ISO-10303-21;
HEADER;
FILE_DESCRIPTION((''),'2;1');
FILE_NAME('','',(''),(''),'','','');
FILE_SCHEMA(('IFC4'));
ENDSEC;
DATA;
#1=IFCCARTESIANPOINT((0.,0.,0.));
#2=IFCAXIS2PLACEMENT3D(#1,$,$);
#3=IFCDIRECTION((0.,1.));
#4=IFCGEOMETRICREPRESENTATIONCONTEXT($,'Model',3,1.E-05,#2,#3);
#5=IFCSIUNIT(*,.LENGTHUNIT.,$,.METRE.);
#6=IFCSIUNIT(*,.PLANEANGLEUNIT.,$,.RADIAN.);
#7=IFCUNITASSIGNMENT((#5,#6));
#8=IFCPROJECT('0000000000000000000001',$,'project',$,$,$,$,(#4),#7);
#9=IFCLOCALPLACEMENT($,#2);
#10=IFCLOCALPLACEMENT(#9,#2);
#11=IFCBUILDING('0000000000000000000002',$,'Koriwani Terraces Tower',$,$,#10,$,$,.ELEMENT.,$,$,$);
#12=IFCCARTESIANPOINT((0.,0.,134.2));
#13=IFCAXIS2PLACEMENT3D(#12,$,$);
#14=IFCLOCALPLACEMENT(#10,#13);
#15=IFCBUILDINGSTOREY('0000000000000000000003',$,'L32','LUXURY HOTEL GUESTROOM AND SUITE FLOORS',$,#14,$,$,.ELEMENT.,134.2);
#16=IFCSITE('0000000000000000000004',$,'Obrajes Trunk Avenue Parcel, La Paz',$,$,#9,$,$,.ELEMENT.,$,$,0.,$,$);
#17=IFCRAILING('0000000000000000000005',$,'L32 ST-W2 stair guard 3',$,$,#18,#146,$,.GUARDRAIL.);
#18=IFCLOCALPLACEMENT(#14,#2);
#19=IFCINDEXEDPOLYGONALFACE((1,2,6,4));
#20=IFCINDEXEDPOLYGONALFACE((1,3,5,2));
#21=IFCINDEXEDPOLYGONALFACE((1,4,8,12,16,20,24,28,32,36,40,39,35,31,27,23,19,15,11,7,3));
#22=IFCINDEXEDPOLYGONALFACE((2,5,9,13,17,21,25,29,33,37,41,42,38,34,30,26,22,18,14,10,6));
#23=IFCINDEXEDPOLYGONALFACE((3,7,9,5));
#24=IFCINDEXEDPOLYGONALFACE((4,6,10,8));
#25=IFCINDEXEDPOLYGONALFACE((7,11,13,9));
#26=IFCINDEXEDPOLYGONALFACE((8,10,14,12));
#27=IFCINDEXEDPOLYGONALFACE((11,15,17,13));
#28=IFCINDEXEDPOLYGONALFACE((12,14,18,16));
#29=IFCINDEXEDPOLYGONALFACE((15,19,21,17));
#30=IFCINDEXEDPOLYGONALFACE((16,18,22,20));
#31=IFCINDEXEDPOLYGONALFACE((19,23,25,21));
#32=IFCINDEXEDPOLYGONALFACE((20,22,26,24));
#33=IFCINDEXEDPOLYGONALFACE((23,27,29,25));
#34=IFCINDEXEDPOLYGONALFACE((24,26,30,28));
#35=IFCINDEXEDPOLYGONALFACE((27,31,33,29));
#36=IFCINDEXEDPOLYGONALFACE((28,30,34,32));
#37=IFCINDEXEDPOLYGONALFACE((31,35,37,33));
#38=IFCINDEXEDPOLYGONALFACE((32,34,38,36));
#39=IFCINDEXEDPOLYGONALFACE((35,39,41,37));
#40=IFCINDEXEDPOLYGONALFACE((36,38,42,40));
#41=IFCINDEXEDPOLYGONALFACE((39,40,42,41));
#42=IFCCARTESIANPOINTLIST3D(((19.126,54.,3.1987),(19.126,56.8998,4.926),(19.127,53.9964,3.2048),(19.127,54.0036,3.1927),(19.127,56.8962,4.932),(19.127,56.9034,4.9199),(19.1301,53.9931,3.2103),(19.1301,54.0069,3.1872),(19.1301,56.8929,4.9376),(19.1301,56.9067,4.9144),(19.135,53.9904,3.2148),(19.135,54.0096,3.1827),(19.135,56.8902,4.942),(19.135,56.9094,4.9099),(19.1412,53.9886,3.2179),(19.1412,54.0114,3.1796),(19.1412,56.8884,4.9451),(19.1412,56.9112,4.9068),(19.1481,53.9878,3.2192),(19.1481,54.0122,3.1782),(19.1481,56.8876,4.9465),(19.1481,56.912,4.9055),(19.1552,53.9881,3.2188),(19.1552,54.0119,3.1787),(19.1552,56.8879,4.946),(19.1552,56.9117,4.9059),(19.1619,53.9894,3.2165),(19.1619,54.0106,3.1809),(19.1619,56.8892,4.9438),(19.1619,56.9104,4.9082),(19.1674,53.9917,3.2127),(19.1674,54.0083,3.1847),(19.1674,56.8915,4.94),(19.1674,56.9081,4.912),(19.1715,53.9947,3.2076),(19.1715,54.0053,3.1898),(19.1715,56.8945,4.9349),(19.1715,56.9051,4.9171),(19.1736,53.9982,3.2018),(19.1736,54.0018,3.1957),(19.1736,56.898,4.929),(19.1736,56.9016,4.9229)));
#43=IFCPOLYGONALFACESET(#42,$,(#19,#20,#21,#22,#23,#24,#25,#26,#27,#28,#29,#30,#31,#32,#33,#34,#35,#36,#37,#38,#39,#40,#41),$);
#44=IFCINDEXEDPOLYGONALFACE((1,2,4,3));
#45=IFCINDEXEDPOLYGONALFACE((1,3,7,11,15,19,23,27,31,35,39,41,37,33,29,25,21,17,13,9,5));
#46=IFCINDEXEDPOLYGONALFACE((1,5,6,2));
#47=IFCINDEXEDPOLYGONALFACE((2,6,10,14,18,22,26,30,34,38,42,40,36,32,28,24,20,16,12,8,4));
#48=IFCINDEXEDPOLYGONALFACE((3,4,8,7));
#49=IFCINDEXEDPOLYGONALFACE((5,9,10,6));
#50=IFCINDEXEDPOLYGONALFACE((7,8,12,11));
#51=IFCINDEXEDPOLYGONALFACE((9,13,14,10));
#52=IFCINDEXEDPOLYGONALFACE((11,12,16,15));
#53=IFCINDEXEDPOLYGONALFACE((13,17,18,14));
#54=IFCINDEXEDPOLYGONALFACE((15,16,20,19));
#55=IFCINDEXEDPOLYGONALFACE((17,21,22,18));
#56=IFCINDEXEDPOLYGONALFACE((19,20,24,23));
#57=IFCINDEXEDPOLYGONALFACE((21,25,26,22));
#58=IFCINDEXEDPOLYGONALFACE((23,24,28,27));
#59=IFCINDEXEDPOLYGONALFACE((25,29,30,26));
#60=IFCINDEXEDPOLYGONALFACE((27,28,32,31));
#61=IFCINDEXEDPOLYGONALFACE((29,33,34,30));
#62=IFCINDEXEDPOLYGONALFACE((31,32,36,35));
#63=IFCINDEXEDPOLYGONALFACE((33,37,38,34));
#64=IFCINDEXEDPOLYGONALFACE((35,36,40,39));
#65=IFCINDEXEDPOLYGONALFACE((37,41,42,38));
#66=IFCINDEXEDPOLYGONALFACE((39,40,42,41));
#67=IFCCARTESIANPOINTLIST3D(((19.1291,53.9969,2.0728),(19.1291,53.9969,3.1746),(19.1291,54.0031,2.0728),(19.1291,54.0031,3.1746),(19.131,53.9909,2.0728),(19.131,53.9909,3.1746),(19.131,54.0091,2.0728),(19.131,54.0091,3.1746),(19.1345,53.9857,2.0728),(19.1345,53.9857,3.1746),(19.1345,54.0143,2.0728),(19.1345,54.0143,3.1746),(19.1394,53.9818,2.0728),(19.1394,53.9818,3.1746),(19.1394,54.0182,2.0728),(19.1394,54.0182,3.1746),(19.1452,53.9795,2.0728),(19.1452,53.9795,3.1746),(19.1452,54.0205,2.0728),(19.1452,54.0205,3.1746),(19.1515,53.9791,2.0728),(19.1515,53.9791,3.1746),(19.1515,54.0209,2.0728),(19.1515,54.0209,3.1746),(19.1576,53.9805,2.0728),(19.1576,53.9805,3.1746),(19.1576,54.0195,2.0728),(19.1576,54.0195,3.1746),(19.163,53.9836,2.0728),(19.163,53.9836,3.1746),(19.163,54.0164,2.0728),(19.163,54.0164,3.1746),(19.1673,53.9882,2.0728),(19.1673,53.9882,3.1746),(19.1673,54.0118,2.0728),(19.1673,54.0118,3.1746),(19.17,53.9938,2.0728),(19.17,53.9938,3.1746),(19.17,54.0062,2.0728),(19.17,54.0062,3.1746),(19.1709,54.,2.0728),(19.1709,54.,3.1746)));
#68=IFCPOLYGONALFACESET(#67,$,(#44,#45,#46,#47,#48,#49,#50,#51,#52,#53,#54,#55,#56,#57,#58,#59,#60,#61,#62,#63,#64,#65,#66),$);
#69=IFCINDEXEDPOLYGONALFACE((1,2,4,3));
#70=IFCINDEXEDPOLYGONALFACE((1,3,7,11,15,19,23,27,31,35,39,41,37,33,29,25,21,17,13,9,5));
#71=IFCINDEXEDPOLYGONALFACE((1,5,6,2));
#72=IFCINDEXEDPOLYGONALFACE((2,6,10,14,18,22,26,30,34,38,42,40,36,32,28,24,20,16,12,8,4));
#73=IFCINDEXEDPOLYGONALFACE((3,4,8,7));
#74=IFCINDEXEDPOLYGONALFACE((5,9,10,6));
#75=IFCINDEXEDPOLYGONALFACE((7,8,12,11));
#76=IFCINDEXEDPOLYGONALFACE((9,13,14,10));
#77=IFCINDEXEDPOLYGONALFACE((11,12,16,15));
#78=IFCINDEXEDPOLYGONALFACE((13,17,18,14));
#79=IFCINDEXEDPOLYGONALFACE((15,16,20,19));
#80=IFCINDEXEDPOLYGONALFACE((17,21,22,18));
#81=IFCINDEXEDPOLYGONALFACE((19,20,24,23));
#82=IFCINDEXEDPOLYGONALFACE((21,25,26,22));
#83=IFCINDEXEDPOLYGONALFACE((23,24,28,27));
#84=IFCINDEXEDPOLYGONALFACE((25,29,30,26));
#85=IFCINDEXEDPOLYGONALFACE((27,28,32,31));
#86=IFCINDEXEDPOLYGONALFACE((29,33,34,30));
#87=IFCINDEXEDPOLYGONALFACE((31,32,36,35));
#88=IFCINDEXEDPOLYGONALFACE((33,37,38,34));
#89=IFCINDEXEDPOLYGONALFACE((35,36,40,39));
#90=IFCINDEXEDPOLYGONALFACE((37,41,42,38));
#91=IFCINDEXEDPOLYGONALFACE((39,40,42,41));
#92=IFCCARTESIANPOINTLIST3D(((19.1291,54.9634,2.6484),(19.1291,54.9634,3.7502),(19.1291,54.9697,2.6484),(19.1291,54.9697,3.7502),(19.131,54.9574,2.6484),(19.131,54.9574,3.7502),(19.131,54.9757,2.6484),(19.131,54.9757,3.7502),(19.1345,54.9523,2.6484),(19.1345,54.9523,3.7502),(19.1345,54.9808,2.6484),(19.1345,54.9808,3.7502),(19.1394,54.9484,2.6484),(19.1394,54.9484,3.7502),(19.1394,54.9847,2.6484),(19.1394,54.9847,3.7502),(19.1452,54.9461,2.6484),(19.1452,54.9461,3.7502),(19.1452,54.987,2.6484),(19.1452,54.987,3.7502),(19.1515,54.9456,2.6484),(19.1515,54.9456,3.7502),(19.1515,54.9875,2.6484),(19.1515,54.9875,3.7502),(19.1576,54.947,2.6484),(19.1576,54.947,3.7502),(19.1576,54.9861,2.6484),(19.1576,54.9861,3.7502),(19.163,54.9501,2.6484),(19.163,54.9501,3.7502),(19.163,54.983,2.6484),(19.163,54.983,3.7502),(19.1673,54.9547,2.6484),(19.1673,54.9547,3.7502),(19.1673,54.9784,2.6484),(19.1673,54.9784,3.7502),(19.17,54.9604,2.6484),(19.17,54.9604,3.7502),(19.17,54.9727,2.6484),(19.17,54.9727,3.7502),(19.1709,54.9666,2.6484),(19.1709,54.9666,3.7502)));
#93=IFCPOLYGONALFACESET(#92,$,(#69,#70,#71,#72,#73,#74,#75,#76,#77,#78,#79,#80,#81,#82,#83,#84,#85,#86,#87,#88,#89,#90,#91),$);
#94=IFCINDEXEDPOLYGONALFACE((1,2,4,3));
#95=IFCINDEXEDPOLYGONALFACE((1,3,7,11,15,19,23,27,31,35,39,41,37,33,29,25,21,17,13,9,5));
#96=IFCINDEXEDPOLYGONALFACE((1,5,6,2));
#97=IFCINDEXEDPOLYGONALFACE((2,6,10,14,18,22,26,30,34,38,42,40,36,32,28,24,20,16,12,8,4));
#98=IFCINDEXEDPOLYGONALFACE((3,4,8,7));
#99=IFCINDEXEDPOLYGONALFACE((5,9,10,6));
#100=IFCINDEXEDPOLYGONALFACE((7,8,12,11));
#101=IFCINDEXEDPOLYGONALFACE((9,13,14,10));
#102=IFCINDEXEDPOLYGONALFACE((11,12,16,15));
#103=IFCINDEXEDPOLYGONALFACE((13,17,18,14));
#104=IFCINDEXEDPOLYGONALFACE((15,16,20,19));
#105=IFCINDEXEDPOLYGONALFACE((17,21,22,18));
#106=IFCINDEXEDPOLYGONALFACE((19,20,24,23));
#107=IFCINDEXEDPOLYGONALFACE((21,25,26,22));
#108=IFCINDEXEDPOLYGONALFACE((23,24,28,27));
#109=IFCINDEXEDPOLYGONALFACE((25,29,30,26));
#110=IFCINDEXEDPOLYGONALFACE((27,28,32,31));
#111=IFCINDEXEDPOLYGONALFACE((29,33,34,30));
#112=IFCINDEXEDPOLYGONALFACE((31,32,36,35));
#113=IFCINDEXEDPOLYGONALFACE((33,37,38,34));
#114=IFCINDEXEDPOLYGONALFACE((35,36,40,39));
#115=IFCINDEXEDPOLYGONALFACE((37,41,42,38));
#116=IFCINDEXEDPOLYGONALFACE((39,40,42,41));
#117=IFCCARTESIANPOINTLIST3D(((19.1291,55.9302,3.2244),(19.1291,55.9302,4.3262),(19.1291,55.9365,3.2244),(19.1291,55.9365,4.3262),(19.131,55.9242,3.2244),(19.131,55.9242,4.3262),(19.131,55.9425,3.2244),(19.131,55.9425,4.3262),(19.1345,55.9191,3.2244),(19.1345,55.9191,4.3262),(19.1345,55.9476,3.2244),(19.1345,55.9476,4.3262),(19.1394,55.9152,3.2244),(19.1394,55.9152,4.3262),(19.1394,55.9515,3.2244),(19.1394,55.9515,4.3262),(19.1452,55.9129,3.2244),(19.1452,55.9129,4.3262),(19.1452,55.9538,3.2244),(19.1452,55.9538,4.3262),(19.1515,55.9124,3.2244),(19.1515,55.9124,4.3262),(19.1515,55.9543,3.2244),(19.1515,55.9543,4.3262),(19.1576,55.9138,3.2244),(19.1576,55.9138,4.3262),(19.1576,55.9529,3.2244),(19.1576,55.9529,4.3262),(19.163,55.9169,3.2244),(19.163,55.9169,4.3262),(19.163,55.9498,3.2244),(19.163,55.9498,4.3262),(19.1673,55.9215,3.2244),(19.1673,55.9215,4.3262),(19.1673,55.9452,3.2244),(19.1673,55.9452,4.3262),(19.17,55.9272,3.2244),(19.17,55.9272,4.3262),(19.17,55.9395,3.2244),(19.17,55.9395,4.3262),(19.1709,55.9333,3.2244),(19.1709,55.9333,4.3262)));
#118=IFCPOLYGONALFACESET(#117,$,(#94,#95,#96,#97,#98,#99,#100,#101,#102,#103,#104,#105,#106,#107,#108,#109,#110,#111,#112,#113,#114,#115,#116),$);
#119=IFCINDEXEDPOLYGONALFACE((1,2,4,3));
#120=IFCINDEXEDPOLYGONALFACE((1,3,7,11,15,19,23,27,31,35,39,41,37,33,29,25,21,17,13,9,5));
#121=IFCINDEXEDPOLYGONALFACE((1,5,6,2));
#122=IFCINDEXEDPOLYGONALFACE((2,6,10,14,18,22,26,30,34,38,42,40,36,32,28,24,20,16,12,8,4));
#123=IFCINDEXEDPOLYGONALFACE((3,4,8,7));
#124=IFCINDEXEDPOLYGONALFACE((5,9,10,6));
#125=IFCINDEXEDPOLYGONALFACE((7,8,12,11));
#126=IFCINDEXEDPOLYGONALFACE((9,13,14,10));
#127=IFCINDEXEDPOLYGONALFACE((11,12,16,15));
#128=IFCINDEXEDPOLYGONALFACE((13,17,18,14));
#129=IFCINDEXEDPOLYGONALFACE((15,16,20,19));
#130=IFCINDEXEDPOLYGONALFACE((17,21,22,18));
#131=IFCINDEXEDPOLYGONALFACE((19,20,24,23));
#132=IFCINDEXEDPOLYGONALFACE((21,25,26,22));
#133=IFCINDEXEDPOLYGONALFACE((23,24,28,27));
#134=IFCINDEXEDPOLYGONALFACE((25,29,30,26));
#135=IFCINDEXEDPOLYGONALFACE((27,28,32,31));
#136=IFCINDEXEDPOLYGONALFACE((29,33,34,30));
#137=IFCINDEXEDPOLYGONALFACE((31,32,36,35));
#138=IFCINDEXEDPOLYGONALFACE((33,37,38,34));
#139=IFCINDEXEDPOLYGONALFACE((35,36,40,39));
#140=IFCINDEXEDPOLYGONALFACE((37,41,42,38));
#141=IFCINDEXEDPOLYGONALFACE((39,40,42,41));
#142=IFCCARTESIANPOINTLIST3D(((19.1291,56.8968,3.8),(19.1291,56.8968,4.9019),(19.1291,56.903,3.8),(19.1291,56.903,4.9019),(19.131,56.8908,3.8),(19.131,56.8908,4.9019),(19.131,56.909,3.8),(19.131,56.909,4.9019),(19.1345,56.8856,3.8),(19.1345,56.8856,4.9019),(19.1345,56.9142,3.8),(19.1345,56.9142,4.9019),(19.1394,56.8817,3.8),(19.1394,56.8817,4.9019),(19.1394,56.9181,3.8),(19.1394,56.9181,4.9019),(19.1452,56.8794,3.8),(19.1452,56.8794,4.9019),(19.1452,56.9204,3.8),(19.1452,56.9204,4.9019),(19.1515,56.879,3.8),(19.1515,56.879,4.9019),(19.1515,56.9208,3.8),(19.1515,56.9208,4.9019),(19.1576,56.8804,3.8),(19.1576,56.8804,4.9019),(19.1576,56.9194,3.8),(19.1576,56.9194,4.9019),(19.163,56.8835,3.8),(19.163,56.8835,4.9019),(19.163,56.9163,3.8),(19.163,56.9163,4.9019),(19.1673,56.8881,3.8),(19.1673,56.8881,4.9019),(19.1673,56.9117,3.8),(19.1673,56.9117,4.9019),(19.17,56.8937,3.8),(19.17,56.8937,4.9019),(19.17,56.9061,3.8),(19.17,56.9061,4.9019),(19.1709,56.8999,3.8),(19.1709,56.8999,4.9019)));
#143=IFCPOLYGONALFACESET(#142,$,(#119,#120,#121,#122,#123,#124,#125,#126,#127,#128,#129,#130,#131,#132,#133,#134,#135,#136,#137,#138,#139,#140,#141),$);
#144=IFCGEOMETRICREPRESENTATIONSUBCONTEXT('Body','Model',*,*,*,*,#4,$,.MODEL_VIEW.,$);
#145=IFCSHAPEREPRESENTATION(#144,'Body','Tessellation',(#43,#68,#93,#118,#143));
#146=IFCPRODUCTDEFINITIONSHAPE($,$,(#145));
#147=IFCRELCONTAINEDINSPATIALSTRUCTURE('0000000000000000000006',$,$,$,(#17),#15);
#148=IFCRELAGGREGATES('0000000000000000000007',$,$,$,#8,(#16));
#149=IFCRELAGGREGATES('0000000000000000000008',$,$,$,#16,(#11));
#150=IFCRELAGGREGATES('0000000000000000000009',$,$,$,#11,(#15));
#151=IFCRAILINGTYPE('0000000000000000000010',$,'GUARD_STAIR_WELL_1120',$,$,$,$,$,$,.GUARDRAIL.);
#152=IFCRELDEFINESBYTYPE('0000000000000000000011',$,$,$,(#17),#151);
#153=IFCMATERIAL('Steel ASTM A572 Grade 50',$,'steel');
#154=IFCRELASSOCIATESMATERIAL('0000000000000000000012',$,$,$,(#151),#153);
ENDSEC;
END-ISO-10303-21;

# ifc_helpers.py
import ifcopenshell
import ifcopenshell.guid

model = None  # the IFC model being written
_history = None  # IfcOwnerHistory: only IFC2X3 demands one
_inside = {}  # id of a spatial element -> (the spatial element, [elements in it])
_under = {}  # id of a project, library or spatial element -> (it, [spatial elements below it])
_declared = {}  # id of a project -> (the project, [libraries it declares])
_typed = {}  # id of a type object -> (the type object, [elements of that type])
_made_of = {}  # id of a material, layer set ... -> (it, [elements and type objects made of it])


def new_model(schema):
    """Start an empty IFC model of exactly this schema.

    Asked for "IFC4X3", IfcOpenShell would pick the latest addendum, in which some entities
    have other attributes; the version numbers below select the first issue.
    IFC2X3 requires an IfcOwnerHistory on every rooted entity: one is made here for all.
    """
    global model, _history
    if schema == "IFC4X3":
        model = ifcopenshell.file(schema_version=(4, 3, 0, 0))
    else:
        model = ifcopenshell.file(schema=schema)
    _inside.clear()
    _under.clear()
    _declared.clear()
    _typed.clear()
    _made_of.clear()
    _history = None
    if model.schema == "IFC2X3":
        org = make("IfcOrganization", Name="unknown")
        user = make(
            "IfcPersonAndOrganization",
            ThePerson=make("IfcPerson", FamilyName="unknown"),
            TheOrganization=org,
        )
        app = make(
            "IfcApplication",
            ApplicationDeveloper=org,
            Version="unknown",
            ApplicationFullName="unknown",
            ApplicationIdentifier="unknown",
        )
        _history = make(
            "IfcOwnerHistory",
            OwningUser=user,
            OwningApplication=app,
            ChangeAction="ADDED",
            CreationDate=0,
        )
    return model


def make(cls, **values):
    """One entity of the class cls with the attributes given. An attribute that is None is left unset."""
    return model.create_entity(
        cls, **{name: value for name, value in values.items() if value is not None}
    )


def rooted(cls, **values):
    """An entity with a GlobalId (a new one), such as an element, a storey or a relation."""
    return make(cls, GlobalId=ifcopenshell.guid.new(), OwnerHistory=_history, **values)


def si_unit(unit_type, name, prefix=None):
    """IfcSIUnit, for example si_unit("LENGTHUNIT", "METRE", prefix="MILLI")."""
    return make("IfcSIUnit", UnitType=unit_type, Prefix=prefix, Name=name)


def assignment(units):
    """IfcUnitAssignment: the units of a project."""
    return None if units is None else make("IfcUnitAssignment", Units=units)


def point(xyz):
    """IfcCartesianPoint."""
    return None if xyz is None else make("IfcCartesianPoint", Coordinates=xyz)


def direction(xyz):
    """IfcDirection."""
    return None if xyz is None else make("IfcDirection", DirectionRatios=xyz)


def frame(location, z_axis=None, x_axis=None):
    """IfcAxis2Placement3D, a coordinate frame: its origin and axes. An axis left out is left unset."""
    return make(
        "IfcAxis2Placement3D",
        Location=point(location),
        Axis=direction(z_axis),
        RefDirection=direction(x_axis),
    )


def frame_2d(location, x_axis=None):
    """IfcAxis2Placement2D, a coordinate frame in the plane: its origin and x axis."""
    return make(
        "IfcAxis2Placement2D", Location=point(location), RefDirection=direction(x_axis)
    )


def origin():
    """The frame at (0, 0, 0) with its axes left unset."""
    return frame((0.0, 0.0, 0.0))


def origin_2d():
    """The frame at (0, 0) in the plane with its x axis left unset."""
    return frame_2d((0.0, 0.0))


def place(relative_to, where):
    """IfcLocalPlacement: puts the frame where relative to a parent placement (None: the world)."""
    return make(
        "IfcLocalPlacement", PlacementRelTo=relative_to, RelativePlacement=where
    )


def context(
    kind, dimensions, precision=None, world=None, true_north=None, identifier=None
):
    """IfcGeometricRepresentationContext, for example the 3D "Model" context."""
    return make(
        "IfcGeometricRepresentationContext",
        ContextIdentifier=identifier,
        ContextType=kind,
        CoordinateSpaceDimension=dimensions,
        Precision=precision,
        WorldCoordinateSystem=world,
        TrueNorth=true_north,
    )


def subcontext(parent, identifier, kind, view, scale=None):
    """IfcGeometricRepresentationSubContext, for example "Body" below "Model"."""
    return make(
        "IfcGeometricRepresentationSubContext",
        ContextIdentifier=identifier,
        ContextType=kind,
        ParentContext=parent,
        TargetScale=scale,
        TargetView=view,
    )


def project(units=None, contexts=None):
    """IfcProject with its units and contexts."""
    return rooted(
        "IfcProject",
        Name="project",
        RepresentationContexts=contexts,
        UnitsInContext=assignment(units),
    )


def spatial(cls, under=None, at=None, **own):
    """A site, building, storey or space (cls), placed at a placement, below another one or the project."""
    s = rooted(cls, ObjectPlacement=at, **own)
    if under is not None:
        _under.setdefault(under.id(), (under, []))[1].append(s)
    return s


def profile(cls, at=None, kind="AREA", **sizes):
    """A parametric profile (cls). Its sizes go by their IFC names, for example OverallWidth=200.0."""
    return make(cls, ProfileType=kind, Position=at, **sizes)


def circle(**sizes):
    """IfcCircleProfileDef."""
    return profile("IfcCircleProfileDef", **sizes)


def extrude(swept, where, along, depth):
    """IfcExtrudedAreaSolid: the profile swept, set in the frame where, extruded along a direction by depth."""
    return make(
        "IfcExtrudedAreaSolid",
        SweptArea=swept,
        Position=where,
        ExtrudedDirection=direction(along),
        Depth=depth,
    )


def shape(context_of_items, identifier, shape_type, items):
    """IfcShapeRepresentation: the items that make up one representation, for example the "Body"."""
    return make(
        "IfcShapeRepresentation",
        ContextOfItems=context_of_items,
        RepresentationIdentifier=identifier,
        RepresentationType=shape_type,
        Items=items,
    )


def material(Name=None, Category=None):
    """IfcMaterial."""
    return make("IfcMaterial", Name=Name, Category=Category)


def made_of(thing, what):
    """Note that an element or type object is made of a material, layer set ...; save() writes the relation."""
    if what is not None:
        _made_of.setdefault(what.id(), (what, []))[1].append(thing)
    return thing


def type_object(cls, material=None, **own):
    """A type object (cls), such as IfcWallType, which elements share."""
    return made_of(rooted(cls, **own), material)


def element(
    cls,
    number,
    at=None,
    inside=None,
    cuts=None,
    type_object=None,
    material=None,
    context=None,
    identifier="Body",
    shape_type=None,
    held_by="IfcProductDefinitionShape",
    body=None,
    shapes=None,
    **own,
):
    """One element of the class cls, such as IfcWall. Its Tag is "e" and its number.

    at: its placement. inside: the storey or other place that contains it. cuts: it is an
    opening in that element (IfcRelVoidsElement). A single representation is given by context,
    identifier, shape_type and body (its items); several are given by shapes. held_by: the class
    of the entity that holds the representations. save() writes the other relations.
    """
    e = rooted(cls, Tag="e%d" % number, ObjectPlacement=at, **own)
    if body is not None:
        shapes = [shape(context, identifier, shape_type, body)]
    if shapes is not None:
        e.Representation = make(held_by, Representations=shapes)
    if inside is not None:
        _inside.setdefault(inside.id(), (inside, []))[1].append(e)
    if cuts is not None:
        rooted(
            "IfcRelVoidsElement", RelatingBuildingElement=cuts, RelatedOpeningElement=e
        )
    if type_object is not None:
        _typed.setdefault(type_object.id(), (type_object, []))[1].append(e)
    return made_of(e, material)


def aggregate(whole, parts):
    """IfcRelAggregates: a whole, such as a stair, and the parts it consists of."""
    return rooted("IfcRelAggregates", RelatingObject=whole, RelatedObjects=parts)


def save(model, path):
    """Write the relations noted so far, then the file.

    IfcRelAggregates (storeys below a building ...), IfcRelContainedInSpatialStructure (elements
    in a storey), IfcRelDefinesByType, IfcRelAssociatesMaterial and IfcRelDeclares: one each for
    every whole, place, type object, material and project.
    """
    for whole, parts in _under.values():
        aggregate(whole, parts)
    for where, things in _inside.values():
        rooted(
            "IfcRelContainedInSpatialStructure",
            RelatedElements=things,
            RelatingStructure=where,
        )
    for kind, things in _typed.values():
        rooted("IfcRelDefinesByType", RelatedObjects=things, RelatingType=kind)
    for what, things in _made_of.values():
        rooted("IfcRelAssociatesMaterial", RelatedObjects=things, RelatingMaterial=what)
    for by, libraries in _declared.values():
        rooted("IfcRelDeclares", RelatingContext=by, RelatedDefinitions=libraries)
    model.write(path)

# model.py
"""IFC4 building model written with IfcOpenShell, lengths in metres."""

from ifc_helpers import new_model, si_unit, direction, frame, origin, origin_2d, place, context, subcontext, project, spatial, circle, extrude, material, type_object, element, save


model = new_model("IFC4")

# Units and contexts
model_context = context("Model", 3, precision=1e-05, world=origin(), true_north=direction((0.0, 1.0)))
body_context = subcontext(model_context, "Body", "Model", "MODEL_VIEW")
ifc_project = project(units=[si_unit("LENGTHUNIT", "METRE"), si_unit("PLANEANGLEUNIT", "RADIAN")], contexts=[model_context])

# Site, building, storey
site_placement = place(None, origin())
site = spatial("IfcSite", under=ifc_project, at=site_placement, Name="Obrajes Trunk Avenue Parcel, La Paz", CompositionType="ELEMENT", RefElevation=0.0)
building_placement = place(site_placement, origin())
building = spatial("IfcBuilding", under=site, at=building_placement, Name="Koriwani Terraces Tower", CompositionType="ELEMENT")
storey_placement = place(building_placement, frame((0.0, 0.0, 134.2)))
storey = spatial("IfcBuildingStorey", under=building, at=storey_placement, Name="L32", Description="LUXURY HOTEL GUESTROOM AND SUITE FLOORS", CompositionType="ELEMENT", Elevation=134.2)

# Shared definitions
ifc_material_1 = material(Name="Steel ASTM A572 Grade 50", Category="steel")

# Railing
railing_type_1 = type_object("IfcRailingType", Name="GUARD_STAIR_WELL_1120", PredefinedType="GUARDRAIL", material=ifc_material_1)
railing_1_placement = place(storey_placement, frame((19.1499, 54.0, 2.0728)))
element("IfcRailing", 1, at=railing_1_placement, inside=storey, type_object=railing_type_1, Name="L32 ST-W2 stair guard 3", PredefinedType="GUARDRAIL", context=body_context, shape_type="SweptSolid", body=[
    extrude(circle(Radius=0.0239, at=origin_2d()), frame((0.0, 0.0, 1.126), z_axis=(0.0, 0.859141, 0.511738), x_axis=(-1.0, 0.0, 0.0)), (0.0, 0.0, 1.0), 3.3752),
    extrude(circle(Radius=0.021, at=origin_2d()), origin(), (0.0, 0.0, 1.0), 1.1018),
    extrude(circle(Radius=0.021, at=origin_2d()), frame((0.0, 0.9666, 0.5757)), (0.0, 0.0, 1.0), 1.1018),
    extrude(circle(Radius=0.021, at=origin_2d()), frame((0.0, 1.9333, 1.1516)), (0.0, 0.0, 1.0), 1.1018),
    extrude(circle(Radius=0.021, at=origin_2d()), frame((0.0, 2.8999, 1.7273)), (0.0, 0.0, 1.0), 1.1018),
])

save(model, "model.ifc")
